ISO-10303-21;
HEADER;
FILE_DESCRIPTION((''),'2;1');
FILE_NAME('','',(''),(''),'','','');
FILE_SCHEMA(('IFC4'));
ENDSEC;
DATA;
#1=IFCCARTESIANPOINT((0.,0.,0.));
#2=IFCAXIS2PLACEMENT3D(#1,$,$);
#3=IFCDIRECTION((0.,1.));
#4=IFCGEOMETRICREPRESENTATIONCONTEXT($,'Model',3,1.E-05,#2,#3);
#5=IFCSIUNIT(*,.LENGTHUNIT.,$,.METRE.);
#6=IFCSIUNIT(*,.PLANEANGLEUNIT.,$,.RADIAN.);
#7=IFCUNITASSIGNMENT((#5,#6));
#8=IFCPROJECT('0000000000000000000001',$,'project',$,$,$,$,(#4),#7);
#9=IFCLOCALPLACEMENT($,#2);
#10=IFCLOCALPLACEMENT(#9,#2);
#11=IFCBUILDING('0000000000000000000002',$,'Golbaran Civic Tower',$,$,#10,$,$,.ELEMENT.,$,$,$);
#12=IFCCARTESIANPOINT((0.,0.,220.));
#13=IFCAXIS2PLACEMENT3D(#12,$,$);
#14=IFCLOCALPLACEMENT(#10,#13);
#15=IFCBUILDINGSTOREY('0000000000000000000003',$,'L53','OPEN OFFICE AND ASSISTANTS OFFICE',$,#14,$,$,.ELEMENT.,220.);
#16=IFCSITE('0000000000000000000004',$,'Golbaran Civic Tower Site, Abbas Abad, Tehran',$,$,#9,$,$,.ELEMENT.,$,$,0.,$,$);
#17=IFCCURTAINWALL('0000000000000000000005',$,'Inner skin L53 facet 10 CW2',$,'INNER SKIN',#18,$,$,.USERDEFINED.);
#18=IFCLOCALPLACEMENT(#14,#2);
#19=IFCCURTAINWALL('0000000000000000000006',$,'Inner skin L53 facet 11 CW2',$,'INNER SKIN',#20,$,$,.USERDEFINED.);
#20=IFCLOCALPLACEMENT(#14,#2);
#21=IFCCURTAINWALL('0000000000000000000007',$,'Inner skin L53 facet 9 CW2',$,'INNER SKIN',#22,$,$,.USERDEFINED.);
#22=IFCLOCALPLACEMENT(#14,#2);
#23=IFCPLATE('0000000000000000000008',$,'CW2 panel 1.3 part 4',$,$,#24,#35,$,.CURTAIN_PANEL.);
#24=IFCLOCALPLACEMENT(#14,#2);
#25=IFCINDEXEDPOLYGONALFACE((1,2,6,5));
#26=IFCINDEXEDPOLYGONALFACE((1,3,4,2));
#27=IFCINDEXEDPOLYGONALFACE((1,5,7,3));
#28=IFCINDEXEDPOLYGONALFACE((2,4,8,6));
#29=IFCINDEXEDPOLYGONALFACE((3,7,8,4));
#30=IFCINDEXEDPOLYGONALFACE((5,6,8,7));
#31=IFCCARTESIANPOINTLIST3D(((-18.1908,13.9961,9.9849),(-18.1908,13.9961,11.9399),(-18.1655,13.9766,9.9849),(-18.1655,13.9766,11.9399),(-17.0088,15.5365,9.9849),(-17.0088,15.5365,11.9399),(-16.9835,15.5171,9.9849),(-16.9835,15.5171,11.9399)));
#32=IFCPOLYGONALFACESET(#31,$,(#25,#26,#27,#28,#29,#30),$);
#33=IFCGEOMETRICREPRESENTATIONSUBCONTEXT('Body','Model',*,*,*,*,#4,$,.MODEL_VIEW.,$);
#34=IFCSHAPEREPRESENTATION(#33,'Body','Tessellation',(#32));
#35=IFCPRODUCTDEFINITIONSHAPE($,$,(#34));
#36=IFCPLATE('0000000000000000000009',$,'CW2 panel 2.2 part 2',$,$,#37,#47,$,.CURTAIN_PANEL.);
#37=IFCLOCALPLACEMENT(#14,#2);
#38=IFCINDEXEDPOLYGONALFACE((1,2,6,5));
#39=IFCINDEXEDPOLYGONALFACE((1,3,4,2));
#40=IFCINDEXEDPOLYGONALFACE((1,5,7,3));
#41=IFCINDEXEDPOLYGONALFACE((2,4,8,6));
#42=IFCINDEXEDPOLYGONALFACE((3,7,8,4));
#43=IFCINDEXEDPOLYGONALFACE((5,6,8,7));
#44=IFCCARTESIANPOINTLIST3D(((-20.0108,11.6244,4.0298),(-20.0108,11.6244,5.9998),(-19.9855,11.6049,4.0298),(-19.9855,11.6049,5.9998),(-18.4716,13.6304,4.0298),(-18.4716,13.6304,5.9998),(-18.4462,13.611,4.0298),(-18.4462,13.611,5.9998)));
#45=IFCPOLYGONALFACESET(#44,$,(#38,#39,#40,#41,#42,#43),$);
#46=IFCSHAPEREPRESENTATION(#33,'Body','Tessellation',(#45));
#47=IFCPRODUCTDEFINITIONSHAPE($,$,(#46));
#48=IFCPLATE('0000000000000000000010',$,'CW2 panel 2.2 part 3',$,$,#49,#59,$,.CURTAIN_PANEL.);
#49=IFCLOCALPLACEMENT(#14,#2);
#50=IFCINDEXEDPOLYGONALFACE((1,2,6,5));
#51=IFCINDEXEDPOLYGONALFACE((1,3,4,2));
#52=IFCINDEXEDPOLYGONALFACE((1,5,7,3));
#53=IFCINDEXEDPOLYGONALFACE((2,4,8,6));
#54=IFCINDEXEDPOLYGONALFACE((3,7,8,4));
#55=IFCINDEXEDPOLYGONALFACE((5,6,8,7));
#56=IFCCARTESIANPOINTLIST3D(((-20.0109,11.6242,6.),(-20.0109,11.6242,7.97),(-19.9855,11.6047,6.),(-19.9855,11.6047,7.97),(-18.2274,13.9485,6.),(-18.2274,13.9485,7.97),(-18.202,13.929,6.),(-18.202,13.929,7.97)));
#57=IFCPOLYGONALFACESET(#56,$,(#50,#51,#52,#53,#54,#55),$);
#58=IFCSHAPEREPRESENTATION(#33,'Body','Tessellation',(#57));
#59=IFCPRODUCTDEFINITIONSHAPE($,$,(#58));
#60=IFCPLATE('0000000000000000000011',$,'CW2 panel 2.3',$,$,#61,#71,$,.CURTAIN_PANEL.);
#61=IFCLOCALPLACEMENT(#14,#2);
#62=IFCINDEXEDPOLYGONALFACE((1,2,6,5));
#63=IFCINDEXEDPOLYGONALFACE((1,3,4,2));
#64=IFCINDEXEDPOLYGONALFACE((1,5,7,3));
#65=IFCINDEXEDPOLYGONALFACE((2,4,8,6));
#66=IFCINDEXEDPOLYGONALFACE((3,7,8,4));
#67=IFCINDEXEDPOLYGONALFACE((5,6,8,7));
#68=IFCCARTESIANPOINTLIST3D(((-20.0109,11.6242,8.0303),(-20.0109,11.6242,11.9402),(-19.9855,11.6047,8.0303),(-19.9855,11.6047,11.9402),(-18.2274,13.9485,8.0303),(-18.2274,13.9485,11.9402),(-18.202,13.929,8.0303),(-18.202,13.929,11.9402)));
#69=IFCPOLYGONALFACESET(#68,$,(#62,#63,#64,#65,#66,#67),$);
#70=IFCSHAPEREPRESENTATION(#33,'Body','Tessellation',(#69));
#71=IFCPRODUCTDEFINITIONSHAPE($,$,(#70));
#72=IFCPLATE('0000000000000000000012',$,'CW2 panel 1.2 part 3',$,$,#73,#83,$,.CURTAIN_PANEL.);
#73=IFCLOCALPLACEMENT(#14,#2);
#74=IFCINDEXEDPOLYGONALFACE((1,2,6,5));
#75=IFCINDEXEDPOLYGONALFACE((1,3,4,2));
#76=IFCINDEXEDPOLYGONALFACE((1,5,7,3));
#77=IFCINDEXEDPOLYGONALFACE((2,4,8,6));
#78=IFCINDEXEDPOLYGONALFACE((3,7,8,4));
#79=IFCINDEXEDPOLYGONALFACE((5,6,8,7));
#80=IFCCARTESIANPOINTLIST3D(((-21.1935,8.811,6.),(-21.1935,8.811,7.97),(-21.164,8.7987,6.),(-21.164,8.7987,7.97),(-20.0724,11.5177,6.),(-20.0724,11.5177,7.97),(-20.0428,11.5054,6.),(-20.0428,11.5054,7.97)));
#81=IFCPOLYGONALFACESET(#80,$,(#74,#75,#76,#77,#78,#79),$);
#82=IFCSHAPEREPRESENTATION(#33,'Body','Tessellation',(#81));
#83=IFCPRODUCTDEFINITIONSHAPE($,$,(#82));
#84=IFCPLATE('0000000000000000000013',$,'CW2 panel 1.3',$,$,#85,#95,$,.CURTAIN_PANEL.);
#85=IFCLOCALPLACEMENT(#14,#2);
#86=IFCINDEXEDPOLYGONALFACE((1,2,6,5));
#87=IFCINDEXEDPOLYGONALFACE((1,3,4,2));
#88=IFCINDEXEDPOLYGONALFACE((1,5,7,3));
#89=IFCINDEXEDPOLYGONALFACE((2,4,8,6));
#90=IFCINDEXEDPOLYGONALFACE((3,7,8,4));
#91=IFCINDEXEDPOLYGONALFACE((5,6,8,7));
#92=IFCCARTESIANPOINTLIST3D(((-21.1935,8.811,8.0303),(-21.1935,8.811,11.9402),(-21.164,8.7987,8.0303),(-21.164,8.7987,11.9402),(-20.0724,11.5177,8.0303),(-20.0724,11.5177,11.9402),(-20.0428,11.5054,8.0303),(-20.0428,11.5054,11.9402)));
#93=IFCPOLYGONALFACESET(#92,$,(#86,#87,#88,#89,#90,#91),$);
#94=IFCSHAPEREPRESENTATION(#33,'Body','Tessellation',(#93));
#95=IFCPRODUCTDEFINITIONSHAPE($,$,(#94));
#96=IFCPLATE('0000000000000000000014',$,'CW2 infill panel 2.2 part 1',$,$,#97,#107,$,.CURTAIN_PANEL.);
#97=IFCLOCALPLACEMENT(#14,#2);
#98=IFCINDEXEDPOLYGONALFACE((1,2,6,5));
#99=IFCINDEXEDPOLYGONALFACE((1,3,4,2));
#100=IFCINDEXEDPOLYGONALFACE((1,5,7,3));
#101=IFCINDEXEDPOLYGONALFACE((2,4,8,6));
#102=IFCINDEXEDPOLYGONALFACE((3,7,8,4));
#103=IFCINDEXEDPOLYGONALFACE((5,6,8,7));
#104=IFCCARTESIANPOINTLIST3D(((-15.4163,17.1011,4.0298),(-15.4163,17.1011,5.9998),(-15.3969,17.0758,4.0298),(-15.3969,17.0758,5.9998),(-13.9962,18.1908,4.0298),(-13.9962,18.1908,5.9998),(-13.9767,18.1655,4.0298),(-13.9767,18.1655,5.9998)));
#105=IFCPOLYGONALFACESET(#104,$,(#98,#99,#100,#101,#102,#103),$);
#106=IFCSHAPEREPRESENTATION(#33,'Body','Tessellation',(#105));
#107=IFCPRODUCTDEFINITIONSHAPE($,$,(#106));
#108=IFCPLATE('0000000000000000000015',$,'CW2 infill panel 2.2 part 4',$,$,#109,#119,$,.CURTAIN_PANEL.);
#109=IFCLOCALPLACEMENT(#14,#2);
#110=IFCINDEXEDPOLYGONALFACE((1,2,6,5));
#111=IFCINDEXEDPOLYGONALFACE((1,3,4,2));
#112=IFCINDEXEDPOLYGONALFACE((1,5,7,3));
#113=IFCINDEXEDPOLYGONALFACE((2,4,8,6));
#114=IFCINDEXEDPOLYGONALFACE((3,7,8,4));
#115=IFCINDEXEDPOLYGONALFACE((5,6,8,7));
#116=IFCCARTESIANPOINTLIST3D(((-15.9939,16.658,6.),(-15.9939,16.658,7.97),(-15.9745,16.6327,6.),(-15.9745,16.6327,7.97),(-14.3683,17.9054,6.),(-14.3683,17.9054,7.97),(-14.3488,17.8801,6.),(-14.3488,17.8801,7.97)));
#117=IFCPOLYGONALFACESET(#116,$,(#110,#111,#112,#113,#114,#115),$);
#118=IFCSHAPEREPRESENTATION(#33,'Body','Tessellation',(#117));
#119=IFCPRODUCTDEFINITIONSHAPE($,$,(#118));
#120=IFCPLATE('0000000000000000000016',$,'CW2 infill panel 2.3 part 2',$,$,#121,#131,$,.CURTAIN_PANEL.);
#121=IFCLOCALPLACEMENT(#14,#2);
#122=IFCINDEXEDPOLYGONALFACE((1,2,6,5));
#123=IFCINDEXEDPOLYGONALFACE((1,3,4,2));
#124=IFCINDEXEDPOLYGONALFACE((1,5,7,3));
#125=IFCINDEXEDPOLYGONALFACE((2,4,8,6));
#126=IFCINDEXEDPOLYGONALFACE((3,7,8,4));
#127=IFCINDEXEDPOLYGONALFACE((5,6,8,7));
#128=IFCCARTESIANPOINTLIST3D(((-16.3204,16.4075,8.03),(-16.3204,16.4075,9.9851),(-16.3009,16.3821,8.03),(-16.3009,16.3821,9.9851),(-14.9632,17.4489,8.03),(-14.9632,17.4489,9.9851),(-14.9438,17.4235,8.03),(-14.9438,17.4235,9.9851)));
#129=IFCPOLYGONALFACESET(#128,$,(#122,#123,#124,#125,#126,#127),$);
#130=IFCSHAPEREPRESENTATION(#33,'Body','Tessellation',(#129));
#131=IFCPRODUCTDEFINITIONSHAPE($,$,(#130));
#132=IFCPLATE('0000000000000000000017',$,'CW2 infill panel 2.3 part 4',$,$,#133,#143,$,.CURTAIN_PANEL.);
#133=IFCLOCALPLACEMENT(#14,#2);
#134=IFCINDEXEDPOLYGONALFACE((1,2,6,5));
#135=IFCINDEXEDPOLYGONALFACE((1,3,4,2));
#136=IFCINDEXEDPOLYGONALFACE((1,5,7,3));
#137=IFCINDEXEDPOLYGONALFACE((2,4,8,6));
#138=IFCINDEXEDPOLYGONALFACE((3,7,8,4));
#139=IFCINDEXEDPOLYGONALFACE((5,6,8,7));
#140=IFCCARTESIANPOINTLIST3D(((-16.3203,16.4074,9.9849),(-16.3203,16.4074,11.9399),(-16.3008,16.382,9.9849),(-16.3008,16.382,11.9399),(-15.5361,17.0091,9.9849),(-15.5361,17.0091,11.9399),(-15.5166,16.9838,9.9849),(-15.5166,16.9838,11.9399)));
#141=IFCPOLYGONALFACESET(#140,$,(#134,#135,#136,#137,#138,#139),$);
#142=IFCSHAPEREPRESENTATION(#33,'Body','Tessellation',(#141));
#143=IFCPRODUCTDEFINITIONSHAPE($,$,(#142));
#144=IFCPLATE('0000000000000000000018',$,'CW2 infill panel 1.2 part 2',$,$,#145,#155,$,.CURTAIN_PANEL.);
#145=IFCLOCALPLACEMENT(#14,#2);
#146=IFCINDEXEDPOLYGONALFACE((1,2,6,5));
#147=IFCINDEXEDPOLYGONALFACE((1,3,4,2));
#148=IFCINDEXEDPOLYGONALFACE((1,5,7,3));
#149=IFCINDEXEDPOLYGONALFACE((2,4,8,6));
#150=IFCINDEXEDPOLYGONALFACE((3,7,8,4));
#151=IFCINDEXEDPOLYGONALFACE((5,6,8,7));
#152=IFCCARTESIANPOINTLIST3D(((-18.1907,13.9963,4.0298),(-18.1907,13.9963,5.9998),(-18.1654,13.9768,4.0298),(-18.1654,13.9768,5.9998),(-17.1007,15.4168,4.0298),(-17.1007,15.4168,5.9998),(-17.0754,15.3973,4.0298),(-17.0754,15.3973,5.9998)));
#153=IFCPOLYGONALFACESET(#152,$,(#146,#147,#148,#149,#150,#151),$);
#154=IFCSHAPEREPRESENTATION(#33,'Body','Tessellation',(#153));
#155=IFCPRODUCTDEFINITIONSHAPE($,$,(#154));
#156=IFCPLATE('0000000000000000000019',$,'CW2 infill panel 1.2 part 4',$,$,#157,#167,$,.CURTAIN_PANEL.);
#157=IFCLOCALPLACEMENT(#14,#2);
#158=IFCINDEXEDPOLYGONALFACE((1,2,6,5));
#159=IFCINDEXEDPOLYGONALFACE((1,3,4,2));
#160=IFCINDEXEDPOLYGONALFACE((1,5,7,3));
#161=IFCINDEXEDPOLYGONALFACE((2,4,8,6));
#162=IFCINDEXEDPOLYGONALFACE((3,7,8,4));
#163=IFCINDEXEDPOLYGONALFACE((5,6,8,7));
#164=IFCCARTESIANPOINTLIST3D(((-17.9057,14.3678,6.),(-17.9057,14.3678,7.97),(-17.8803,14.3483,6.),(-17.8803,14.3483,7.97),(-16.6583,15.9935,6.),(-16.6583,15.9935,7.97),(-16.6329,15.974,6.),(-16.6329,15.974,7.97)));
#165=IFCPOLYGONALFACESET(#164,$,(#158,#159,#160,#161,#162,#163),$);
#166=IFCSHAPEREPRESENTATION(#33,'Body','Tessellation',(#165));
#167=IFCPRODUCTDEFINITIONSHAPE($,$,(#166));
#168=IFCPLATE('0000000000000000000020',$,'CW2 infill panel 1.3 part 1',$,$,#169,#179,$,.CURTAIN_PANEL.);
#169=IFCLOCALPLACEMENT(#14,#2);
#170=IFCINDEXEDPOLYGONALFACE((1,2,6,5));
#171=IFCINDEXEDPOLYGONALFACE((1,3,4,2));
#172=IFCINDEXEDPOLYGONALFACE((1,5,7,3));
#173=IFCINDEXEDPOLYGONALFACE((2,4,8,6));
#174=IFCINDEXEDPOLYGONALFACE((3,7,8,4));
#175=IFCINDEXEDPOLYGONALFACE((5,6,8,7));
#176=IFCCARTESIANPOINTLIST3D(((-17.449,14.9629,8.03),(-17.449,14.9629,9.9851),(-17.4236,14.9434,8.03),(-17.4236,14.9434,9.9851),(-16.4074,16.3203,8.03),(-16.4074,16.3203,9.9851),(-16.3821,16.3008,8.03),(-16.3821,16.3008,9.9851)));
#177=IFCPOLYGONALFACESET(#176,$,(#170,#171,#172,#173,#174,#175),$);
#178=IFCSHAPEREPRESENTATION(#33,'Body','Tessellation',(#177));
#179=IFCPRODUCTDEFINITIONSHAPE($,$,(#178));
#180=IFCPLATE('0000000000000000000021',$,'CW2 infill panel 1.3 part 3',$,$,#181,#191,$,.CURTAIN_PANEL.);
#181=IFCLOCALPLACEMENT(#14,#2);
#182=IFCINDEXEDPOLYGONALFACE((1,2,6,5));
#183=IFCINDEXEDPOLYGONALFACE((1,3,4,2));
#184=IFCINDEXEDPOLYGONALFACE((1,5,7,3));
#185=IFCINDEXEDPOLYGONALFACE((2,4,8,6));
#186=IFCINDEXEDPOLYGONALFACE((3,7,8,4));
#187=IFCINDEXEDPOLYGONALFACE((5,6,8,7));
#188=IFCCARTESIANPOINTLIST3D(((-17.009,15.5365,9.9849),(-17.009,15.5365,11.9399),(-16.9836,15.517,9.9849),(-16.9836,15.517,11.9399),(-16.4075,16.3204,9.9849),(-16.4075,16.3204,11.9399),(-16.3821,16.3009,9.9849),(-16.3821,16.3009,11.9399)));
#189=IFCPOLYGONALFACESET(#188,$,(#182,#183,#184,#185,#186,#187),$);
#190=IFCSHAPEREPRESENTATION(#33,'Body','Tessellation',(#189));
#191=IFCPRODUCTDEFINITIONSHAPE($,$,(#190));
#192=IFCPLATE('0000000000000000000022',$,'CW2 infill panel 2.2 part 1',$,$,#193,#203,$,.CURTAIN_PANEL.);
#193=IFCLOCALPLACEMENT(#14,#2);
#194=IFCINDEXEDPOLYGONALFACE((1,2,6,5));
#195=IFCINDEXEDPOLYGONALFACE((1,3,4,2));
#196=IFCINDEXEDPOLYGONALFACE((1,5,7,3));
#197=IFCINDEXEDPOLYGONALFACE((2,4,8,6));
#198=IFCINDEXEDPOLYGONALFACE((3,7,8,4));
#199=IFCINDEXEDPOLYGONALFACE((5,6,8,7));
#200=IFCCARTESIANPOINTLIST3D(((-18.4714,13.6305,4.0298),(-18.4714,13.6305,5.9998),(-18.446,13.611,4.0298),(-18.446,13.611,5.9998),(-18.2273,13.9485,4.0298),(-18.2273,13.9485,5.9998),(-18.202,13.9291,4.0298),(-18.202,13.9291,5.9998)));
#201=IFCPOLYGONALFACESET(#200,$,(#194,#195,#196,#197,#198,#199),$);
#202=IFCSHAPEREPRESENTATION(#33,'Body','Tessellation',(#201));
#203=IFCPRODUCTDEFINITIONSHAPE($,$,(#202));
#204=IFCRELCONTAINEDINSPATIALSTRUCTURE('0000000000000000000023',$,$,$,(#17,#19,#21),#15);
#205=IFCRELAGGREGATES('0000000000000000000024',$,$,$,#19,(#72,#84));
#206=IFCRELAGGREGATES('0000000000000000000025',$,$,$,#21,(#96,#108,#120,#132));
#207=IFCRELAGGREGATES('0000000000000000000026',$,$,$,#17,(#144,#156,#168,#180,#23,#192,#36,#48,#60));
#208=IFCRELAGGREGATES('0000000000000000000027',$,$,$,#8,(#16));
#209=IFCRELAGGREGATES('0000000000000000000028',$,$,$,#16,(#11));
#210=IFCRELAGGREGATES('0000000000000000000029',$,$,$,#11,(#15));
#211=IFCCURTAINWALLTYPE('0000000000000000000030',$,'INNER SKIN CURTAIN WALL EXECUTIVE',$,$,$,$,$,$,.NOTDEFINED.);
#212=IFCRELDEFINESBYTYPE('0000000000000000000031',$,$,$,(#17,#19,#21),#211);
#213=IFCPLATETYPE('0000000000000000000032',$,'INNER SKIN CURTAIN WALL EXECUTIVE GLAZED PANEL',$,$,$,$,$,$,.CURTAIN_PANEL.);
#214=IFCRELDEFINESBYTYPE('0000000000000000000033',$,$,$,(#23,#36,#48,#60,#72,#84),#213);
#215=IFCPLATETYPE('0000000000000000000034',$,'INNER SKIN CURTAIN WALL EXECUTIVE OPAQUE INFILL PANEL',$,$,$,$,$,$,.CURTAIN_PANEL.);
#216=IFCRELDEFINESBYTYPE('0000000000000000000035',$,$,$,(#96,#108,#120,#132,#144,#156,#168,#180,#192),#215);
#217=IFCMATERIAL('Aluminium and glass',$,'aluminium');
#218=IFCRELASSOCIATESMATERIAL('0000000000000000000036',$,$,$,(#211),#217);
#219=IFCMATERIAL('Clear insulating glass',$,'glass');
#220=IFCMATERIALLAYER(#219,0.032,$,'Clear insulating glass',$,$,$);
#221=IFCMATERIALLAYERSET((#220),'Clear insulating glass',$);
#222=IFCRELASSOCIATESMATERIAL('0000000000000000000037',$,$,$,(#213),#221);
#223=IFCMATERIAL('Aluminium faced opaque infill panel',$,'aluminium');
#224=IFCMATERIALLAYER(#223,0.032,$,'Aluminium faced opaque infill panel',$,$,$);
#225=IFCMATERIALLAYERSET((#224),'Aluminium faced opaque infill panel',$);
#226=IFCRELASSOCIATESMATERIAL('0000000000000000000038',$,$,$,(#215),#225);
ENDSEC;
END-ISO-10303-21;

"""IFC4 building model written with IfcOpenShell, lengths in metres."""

from ifc_helpers import new_model, si_unit, direction, frame, origin, origin_2d, place, context, subcontext, project, spatial, rectangle, extrude, material, layer, layer_set, type_object, element, aggregate, save


model = new_model("IFC4")

# Units and contexts
model_context = context("Model", 3, precision=1e-05, world=origin(), true_north=direction((0.0, 1.0)))
body_context = subcontext(model_context, "Body", "Model", "MODEL_VIEW")
ifc_project = project(units=[si_unit("LENGTHUNIT", "METRE"), si_unit("PLANEANGLEUNIT", "RADIAN")], contexts=[model_context])

# Site, building, storey
site_placement = place(None, origin())
site = spatial("IfcSite", under=ifc_project, at=site_placement, Name="Golbaran Civic Tower Site, Abbas Abad, Tehran", CompositionType="ELEMENT", RefElevation=0.0)
building_placement = place(site_placement, origin())
building = spatial("IfcBuilding", under=site, at=building_placement, Name="Golbaran Civic Tower", CompositionType="ELEMENT")
storey_placement = place(building_placement, frame((0.0, 0.0, 220.0)))
storey = spatial("IfcBuildingStorey", under=building, at=storey_placement, Name="L53", Description="OPEN OFFICE AND ASSISTANTS OFFICE", CompositionType="ELEMENT", Elevation=220.0)

# Curtain walls
ifc_material_1 = material(Name="Aluminium and glass", Category="aluminium")
curtain_wall_type = type_object("IfcCurtainWallType", Name="INNER SKIN CURTAIN WALL EXECUTIVE", PredefinedType="NOTDEFINED", material=ifc_material_1)
curtain_wall_1_placement = place(storey_placement, origin())
curtain_wall_1 = element("IfcCurtainWall", 1, at=curtain_wall_1_placement, inside=storey, type_object=curtain_wall_type, Name="Inner skin L53 facet 10 CW2", ObjectType="INNER SKIN", PredefinedType="USERDEFINED")
curtain_wall_2_placement = place(storey_placement, origin())
curtain_wall_2 = element("IfcCurtainWall", 2, at=curtain_wall_2_placement, inside=storey, type_object=curtain_wall_type, Name="Inner skin L53 facet 11 CW2", ObjectType="INNER SKIN", PredefinedType="USERDEFINED")

# Curtain wall
curtain_wall_3_placement = place(storey_placement, origin())
curtain_wall_3 = element("IfcCurtainWall", 3, at=curtain_wall_3_placement, inside=storey, type_object=curtain_wall_type, Name="Inner skin L53 facet 9 CW2", ObjectType="INNER SKIN", PredefinedType="USERDEFINED")
ifc_material_2 = material(Name="Clear insulating glass", Category="glass")
ifc_layer_1 = layer(ifc_material_2, 0.032, Name="Clear insulating glass")
ifc_layer_set_1 = layer_set([ifc_layer_1], Name="Clear insulating glass")
plate_type_1 = type_object("IfcPlateType", Name="INNER SKIN CURTAIN WALL EXECUTIVE GLAZED PANEL", PredefinedType="CURTAIN_PANEL", material=ifc_layer_set_1)

# Plates
plate_1_placement = place(storey_placement, frame((-17.5872, 14.7566, 9.9849), z_axis=(0.0, 0.0, 1.0), x_axis=(-0.608761, -0.793353, 0.0)))
plate_1 = element("IfcPlate", 4, at=plate_1_placement, type_object=plate_type_1, Name="CW2 panel 1.3 part 4", PredefinedType="CURTAIN_PANEL", context=body_context, shape_type="SweptSolid", body=[
    extrude(rectangle(XDim=1.9417, YDim=0.032, at=origin_2d()), origin(), (0.0, 0.0, 1.0), 1.9551),
])
plate_2_placement = place(storey_placement, frame((-19.2285, 12.6177, 4.0298), z_axis=(0.0, 0.0, 1.0), x_axis=(-0.608761, -0.793353, 0.0)))
plate_2 = element("IfcPlate", 5, at=plate_2_placement, type_object=plate_type_1, Name="CW2 panel 2.2 part 2", PredefinedType="CURTAIN_PANEL", context=body_context, shape_type="SweptSolid", body=[
    extrude(rectangle(XDim=2.5286, YDim=0.032, at=origin_2d()), origin(), (0.0, 0.0, 1.0), 1.97),
])
plate_3_placement = place(storey_placement, frame((-19.1064, 12.7766, 6.0), z_axis=(0.0, 0.0, 1.0), x_axis=(-0.608761, -0.793353, 0.0)))
plate_3 = element("IfcPlate", 6, at=plate_3_placement, type_object=plate_type_1, Name="CW2 panel 2.2 part 3", PredefinedType="CURTAIN_PANEL", context=body_context, shape_type="SweptSolid", body=[
    extrude(rectangle(XDim=2.9297, YDim=0.032, at=origin_2d()), origin(), (0.0, 0.0, 1.0), 1.97),
])
plate_4_placement = place(storey_placement, frame((-19.1064, 12.7766, 8.0303), z_axis=(0.0, 0.0, 1.0), x_axis=(-0.608761, -0.793353, 0.0)))
plate_4 = element("IfcPlate", 7, at=plate_4_placement, type_object=plate_type_1, Name="CW2 panel 2.3", PredefinedType="CURTAIN_PANEL", context=body_context, shape_type="SweptSolid", body=[
    extrude(rectangle(XDim=2.9297, YDim=0.032, at=origin_2d()), origin(), (0.0, 0.0, 1.0), 3.9099),
])
plate_5_placement = place(storey_placement, frame((-20.6182, 10.1582, 6.0), z_axis=(0.0, 0.0, 1.0), x_axis=(-0.382683, -0.92388, 0.0)))
plate_5 = element("IfcPlate", 8, at=plate_5_placement, type_object=plate_type_1, Name="CW2 panel 1.2 part 3", PredefinedType="CURTAIN_PANEL", context=body_context, shape_type="SweptSolid", body=[
    extrude(rectangle(XDim=2.9297, YDim=0.032, at=origin_2d()), origin(), (0.0, 0.0, 1.0), 1.97),
])
plate_6_placement = place(storey_placement, frame((-20.6182, 10.1582, 8.0303), z_axis=(0.0, 0.0, 1.0), x_axis=(-0.382683, -0.92388, 0.0)))
plate_6 = element("IfcPlate", 9, at=plate_6_placement, type_object=plate_type_1, Name="CW2 panel 1.3", PredefinedType="CURTAIN_PANEL", context=body_context, shape_type="SweptSolid", body=[
    extrude(rectangle(XDim=2.9297, YDim=0.032, at=origin_2d()), origin(), (0.0, 0.0, 1.0), 3.9099),
])
aggregate(curtain_wall_2, [plate_5, plate_6])
ifc_material_3 = material(Name="Aluminium faced opaque infill panel", Category="aluminium")
ifc_layer_2 = layer(ifc_material_3, 0.032, Name="Aluminium faced opaque infill panel")
ifc_layer_set_2 = layer_set([ifc_layer_2], Name="Aluminium faced opaque infill panel")
plate_type_2 = type_object("IfcPlateType", Name="INNER SKIN CURTAIN WALL EXECUTIVE OPAQUE INFILL PANEL", PredefinedType="CURTAIN_PANEL", material=ifc_layer_set_2)
plate_7_placement = place(storey_placement, frame((-14.6965, 17.6333, 4.0298), z_axis=(0.0, 0.0, 1.0), x_axis=(-0.793353, -0.608761, 0.0)))
plate_7 = element("IfcPlate", 10, at=plate_7_placement, type_object=plate_type_2, Name="CW2 infill panel 2.2 part 1", PredefinedType="CURTAIN_PANEL", context=body_context, shape_type="SweptSolid", body=[
    extrude(rectangle(XDim=1.79, YDim=0.032, at=origin_2d()), origin(), (0.0, 0.0, 1.0), 1.97),
])
plate_8_placement = place(storey_placement, frame((-15.1714, 17.269, 6.0), z_axis=(0.0, 0.0, 1.0), x_axis=(-0.793353, -0.608761, 0.0)))
plate_8 = element("IfcPlate", 11, at=plate_8_placement, type_object=plate_type_2, Name="CW2 infill panel 2.2 part 4", PredefinedType="CURTAIN_PANEL", context=body_context, shape_type="SweptSolid", body=[
    extrude(rectangle(XDim=2.0491, YDim=0.032, at=origin_2d()), origin(), (0.0, 0.0, 1.0), 1.97),
])
plate_9_placement = place(storey_placement, frame((-15.6321, 16.9155, 8.03), z_axis=(0.0, 0.0, 1.0), x_axis=(-0.793353, -0.608761, 0.0)))
plate_9 = element("IfcPlate", 12, at=plate_9_placement, type_object=plate_type_2, Name="CW2 infill panel 2.3 part 2", PredefinedType="CURTAIN_PANEL", context=body_context, shape_type="SweptSolid", body=[
    extrude(rectangle(XDim=1.7107, YDim=0.032, at=origin_2d()), origin(), (0.0, 0.0, 1.0), 1.9551),
])
plate_10_placement = place(storey_placement, frame((-15.9185, 16.6956, 9.9849), z_axis=(0.0, 0.0, 1.0), x_axis=(-0.793353, -0.608761, 0.0)))
plate_10 = element("IfcPlate", 13, at=plate_10_placement, type_object=plate_type_2, Name="CW2 infill panel 2.3 part 4", PredefinedType="CURTAIN_PANEL", context=body_context, shape_type="SweptSolid", body=[
    extrude(rectangle(XDim=0.9885, YDim=0.032, at=origin_2d()), origin(), (0.0, 0.0, 1.0), 1.9551),
])
aggregate(curtain_wall_3, [plate_7, plate_8, plate_9, plate_10])
plate_11_placement = place(storey_placement, frame((-17.6331, 14.6968, 4.0298), z_axis=(0.0, 0.0, 1.0), x_axis=(-0.608761, -0.793353, 0.0)))
plate_11 = element("IfcPlate", 14, at=plate_11_placement, type_object=plate_type_2, Name="CW2 infill panel 1.2 part 2", PredefinedType="CURTAIN_PANEL", context=body_context, shape_type="SweptSolid", body=[
    extrude(rectangle(XDim=1.7905, YDim=0.032, at=origin_2d()), origin(), (0.0, 0.0, 1.0), 1.97),
])
plate_12_placement = place(storey_placement, frame((-17.2693, 15.1709, 6.0), z_axis=(0.0, 0.0, 1.0), x_axis=(-0.608761, -0.793353, 0.0)))
plate_12 = element("IfcPlate", 15, at=plate_12_placement, type_object=plate_type_2, Name="CW2 infill panel 1.2 part 4", PredefinedType="CURTAIN_PANEL", context=body_context, shape_type="SweptSolid", body=[
    extrude(rectangle(XDim=2.0491, YDim=0.032, at=origin_2d()), origin(), (0.0, 0.0, 1.0), 1.97),
])
plate_13_placement = place(storey_placement, frame((-16.9155, 15.6318, 8.03), z_axis=(0.0, 0.0, 1.0), x_axis=(-0.608761, -0.793353, 0.0)))
plate_13 = element("IfcPlate", 16, at=plate_13_placement, type_object=plate_type_2, Name="CW2 infill panel 1.3 part 1", PredefinedType="CURTAIN_PANEL", context=body_context, shape_type="SweptSolid", body=[
    extrude(rectangle(XDim=1.7109, YDim=0.032, at=origin_2d()), origin(), (0.0, 0.0, 1.0), 1.9551),
])
plate_14_placement = place(storey_placement, frame((-16.6956, 15.9187, 9.9849), z_axis=(0.0, 0.0, 1.0), x_axis=(-0.608761, -0.793353, 0.0)))
plate_14 = element("IfcPlate", 17, at=plate_14_placement, type_object=plate_type_2, Name="CW2 infill panel 1.3 part 3", PredefinedType="CURTAIN_PANEL", context=body_context, shape_type="SweptSolid", body=[
    extrude(rectangle(XDim=0.988, YDim=0.032, at=origin_2d()), origin(), (0.0, 0.0, 1.0), 1.9551),
])
plate_15_placement = place(storey_placement, frame((-18.3367, 13.7798, 4.0298), z_axis=(0.0, 0.0, 1.0), x_axis=(-0.608761, -0.793353, 0.0)))
plate_15 = element("IfcPlate", 18, at=plate_15_placement, type_object=plate_type_2, Name="CW2 infill panel 2.2 part 1", PredefinedType="CURTAIN_PANEL", context=body_context, shape_type="SweptSolid", body=[
    extrude(rectangle(XDim=0.4009, YDim=0.032, at=origin_2d()), origin(), (0.0, 0.0, 1.0), 1.97),
])
aggregate(curtain_wall_1, [plate_11, plate_12, plate_13, plate_14, plate_1, plate_15, plate_2, plate_3, plate_4])

save(model, "model.ifc")
